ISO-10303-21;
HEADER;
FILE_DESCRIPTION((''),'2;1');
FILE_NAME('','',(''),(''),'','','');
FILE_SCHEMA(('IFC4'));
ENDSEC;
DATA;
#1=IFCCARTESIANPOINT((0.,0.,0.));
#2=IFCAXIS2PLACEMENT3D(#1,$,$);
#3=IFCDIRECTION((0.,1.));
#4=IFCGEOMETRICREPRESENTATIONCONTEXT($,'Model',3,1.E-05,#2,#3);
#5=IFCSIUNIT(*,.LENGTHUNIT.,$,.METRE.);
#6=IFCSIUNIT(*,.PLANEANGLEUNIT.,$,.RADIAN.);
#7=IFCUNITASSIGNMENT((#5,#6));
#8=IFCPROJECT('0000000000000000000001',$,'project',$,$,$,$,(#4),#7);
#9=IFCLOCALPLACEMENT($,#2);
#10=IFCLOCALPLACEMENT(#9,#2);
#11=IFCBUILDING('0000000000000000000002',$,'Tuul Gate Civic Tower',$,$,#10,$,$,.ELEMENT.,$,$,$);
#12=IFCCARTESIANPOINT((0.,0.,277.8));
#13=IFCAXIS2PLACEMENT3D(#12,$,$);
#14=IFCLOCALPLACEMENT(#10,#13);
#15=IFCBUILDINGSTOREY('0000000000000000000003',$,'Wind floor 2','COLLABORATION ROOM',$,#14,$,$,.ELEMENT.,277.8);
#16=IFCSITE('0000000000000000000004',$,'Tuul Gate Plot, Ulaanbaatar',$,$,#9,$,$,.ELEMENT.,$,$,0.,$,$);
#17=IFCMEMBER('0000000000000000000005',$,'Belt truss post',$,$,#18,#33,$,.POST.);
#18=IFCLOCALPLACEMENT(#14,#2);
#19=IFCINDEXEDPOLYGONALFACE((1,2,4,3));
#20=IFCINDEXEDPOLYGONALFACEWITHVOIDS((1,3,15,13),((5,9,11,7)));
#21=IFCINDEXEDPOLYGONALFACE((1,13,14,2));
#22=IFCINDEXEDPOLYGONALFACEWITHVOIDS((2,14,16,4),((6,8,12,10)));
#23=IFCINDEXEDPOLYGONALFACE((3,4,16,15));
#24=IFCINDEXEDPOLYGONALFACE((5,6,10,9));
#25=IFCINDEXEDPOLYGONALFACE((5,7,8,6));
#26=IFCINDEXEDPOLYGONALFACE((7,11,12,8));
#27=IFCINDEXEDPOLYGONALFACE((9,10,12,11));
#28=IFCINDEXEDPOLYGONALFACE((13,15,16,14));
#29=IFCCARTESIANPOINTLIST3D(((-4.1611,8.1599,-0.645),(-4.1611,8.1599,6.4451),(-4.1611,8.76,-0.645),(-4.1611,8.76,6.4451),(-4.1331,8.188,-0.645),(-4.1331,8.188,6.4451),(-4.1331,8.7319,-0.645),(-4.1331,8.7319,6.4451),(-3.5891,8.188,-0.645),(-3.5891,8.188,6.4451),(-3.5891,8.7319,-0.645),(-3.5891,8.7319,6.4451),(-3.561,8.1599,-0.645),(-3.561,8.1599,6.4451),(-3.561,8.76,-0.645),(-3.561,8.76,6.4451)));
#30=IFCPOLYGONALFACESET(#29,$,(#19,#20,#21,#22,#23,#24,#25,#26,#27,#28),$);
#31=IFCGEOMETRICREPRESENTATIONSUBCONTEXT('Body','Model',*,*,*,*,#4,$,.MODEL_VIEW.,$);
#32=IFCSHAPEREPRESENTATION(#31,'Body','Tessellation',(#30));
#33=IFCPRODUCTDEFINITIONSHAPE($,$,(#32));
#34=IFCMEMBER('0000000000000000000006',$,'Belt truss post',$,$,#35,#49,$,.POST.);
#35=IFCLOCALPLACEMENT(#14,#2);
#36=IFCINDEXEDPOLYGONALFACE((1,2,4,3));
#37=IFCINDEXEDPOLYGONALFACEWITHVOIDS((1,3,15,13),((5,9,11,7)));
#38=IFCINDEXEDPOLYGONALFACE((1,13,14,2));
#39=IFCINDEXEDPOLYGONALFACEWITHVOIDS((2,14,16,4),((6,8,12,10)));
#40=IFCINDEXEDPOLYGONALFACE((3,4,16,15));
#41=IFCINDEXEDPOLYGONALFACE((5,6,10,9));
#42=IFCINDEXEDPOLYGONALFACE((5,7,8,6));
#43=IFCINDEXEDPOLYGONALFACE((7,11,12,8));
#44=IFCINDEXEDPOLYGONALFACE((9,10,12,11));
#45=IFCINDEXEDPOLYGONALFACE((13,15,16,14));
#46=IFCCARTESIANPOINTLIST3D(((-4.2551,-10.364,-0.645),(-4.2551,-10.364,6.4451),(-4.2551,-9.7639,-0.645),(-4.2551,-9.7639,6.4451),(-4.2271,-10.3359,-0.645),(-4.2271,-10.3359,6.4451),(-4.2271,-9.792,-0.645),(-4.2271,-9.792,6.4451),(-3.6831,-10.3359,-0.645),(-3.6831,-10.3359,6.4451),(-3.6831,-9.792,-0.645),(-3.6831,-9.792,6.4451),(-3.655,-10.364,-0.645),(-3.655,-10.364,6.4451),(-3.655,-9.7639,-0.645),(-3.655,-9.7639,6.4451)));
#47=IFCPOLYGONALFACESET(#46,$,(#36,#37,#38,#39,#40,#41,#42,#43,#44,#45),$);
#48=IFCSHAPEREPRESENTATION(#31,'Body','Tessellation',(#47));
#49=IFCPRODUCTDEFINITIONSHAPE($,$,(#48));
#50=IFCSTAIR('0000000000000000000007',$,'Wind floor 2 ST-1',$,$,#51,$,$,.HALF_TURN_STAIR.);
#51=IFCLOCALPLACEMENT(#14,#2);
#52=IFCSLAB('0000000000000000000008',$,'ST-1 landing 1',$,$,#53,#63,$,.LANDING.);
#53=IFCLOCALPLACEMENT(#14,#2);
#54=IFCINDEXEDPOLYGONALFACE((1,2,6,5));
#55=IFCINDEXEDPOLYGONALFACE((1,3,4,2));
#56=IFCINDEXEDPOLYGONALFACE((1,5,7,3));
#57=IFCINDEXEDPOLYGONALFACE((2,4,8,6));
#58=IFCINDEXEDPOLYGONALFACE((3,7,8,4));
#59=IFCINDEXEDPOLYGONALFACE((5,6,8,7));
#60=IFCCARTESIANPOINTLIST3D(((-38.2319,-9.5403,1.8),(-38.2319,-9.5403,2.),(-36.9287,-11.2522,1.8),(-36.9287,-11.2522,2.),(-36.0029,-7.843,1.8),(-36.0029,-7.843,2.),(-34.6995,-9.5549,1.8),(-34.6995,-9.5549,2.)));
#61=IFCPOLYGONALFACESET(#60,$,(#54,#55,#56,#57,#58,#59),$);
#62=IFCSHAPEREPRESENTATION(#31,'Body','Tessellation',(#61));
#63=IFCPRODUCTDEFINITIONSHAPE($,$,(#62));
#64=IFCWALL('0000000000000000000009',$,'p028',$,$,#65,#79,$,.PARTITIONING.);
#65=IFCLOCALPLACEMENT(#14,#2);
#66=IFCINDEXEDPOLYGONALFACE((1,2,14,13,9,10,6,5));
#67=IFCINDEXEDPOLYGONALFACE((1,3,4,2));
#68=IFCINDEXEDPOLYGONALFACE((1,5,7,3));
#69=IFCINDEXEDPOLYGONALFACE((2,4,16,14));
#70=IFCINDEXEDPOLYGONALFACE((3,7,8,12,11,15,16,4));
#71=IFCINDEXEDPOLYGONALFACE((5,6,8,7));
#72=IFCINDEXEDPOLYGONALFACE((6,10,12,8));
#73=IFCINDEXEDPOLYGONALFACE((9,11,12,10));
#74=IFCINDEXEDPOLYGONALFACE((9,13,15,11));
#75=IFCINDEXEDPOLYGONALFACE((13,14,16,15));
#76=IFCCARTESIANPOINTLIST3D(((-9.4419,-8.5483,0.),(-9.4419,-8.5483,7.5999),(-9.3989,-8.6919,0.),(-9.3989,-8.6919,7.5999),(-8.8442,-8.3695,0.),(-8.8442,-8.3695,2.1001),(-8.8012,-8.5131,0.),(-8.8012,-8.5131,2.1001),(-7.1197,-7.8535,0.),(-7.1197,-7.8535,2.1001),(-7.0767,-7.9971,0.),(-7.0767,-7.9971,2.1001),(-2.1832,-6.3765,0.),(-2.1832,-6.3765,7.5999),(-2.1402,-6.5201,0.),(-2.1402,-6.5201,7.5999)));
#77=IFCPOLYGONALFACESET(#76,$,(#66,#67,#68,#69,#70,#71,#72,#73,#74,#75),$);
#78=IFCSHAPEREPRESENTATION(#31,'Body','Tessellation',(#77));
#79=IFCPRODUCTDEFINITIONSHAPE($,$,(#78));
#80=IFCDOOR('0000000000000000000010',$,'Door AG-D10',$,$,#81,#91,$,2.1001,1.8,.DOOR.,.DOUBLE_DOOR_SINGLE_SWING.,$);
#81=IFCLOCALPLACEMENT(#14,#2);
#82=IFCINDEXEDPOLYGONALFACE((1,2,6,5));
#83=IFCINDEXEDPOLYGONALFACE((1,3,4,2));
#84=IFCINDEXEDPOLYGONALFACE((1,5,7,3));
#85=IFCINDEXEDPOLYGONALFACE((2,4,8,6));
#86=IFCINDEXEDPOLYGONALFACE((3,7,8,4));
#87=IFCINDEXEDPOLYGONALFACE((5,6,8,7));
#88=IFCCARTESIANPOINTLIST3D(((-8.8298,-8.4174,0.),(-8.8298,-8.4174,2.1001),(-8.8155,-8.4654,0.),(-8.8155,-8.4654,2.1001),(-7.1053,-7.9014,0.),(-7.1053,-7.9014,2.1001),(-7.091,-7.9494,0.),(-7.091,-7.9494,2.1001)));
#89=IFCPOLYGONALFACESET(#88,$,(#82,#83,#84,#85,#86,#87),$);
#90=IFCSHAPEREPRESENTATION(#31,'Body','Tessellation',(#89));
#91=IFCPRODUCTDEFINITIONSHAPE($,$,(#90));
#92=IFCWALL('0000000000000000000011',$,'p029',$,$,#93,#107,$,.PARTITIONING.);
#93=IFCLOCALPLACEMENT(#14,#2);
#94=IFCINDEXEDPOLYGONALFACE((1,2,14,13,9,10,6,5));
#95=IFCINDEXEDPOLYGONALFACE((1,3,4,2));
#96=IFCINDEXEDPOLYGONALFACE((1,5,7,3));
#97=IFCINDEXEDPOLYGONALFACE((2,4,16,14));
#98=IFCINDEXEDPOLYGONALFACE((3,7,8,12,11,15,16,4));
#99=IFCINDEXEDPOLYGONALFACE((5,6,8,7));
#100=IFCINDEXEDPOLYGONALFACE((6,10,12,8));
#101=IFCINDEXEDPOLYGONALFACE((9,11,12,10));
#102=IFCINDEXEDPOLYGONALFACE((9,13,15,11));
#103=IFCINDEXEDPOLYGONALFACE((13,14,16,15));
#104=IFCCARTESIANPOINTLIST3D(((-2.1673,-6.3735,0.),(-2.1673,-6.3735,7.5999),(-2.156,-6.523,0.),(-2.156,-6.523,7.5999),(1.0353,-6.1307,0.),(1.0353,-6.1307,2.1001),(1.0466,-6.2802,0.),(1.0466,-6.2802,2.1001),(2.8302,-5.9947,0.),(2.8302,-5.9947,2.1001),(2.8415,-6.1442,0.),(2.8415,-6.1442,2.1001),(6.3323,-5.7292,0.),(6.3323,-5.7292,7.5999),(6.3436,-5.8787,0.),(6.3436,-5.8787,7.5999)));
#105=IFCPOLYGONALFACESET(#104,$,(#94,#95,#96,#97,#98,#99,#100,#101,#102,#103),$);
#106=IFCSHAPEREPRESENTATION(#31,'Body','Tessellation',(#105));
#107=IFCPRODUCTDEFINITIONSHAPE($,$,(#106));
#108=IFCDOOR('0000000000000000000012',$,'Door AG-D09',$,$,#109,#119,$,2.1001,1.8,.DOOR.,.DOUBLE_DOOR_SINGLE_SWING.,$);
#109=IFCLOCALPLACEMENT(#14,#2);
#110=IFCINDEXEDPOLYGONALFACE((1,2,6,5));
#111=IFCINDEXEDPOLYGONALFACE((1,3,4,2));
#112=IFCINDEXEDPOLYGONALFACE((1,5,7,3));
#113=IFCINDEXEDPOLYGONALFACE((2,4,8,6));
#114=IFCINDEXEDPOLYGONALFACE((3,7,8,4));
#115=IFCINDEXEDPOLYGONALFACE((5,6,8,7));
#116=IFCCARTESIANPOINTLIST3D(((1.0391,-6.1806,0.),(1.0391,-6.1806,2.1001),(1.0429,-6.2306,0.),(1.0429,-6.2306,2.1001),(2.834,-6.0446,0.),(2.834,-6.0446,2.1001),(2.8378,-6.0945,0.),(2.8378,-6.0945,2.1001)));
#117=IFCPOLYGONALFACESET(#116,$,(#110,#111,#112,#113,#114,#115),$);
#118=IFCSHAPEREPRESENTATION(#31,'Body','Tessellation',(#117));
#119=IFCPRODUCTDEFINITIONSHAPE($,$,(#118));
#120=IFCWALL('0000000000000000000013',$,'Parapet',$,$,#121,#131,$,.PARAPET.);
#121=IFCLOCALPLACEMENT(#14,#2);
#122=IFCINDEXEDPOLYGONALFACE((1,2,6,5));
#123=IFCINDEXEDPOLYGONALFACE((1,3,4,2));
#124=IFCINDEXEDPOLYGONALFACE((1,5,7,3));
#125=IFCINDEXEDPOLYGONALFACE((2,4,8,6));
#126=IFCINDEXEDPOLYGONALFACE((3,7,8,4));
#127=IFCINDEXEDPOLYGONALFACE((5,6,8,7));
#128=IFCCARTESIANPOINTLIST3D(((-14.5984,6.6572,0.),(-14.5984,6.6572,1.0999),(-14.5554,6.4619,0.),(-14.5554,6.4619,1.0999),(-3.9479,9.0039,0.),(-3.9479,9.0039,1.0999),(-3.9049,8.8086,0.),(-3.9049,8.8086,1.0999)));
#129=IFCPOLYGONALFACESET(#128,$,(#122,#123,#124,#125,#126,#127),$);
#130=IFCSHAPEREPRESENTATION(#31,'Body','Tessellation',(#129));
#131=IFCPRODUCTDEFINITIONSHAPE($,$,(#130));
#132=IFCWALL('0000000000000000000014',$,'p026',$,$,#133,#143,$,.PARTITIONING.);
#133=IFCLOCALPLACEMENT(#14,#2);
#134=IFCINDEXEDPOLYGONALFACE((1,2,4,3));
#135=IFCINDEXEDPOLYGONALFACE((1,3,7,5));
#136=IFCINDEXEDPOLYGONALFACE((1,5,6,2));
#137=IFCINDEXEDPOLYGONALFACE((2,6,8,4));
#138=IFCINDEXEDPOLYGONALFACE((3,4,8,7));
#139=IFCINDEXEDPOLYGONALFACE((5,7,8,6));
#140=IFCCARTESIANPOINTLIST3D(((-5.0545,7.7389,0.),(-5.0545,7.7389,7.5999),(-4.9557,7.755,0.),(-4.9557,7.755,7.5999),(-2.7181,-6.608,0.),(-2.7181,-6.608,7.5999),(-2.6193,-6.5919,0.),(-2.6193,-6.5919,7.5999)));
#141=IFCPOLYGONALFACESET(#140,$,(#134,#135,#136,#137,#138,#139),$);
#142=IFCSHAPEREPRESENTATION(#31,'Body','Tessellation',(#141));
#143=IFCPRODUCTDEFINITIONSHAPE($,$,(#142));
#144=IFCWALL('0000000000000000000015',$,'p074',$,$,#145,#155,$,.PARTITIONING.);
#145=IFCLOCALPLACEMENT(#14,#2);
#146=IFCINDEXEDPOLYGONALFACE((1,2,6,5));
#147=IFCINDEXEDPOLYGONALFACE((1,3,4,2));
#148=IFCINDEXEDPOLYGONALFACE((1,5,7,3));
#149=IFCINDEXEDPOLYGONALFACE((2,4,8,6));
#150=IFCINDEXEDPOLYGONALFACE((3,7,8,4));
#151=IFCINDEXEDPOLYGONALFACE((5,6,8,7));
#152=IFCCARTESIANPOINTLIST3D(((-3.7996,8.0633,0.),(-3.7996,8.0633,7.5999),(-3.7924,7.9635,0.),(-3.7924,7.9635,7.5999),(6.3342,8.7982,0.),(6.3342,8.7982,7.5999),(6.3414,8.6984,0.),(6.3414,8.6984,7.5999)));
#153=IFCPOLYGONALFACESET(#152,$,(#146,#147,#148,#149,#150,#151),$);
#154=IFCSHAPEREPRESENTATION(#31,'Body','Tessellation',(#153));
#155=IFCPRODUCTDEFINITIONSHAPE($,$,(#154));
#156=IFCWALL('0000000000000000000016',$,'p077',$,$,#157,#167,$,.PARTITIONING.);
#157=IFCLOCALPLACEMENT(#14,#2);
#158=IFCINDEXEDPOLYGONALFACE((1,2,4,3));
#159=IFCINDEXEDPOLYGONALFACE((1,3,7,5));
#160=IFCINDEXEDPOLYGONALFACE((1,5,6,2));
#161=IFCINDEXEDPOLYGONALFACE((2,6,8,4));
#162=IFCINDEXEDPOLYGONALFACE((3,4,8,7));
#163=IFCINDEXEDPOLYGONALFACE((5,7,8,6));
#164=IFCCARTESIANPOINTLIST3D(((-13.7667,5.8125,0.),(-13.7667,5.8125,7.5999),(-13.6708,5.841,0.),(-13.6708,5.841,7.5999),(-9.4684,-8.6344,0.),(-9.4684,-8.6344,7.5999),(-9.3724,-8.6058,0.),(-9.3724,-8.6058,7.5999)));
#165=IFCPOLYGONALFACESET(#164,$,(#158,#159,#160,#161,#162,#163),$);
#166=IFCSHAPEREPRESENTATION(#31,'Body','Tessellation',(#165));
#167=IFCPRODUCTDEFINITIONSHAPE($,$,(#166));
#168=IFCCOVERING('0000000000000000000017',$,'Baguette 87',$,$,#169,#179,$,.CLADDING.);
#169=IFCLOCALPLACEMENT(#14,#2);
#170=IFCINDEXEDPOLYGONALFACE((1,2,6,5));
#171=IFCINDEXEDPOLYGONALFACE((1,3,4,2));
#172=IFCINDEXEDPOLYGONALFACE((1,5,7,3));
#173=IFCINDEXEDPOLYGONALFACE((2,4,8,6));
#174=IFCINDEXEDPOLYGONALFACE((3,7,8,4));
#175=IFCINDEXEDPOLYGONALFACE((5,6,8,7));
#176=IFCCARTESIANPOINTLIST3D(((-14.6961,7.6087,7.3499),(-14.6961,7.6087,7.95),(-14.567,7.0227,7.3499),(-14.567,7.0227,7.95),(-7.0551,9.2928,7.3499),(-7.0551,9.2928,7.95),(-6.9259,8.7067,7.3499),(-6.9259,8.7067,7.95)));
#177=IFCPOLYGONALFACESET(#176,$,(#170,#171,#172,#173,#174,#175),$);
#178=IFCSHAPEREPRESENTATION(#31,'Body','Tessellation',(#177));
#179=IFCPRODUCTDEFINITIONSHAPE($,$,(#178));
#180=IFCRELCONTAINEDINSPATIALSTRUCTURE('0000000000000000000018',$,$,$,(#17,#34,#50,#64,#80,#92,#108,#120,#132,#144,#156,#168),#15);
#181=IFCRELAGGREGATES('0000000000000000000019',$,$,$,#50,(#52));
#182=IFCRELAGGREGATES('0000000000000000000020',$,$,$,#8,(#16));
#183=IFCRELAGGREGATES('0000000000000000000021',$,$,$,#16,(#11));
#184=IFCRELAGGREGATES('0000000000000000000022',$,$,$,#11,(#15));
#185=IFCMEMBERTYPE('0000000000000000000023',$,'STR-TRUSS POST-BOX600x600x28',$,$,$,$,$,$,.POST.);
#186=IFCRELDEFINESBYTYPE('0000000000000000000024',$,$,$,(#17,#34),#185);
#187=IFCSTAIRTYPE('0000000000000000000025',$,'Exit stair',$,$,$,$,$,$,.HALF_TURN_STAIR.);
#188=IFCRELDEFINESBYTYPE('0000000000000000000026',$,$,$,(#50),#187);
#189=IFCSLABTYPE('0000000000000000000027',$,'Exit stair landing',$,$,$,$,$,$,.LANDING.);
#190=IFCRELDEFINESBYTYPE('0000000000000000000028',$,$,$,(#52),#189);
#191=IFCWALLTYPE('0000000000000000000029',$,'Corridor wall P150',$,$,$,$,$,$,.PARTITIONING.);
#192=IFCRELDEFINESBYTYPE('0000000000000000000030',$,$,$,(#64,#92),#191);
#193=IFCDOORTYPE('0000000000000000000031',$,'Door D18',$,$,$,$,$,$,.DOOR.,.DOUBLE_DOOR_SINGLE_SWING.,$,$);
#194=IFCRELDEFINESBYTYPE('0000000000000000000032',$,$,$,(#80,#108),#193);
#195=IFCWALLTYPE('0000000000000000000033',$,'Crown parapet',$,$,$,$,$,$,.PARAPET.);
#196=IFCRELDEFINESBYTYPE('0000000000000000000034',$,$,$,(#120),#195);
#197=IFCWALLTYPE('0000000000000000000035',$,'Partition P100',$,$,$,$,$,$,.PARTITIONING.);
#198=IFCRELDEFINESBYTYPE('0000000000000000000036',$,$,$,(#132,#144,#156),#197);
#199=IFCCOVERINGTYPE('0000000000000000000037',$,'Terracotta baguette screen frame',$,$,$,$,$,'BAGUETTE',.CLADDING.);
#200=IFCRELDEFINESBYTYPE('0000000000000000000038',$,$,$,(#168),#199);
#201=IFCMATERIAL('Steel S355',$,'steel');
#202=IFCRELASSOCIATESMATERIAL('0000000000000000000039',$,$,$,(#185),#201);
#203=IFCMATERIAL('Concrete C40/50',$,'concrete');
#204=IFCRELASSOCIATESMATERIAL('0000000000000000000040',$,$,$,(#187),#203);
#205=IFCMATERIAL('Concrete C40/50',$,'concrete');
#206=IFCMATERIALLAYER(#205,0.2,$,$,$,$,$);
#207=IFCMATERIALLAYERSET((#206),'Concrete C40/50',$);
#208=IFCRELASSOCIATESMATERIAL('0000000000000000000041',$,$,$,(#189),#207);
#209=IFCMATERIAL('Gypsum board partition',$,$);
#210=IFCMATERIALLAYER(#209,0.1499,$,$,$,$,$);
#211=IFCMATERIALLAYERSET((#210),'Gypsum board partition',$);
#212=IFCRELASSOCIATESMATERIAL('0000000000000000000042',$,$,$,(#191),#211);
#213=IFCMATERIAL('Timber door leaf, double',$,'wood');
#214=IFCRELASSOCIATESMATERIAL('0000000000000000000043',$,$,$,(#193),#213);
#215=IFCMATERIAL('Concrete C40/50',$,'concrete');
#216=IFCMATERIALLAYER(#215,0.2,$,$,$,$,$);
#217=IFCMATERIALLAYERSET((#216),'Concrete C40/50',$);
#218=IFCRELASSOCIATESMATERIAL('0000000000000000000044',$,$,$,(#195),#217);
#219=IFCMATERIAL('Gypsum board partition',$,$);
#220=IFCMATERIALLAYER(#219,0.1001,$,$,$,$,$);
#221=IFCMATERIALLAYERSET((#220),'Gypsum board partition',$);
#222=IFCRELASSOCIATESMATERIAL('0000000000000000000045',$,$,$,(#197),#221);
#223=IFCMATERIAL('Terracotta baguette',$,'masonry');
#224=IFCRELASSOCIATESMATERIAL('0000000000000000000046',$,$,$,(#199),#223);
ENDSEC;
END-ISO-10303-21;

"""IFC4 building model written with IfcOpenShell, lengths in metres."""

from ifc_helpers import new_model, si_unit, direction, frame, frame_2d, origin, origin_2d, place, context, subcontext, project, spatial, polyline, rectangle, hollow_rectangle, outline, extrude, material, layer, layer_set, material_profile, profile_set, type_object, element, fill, aggregate, save


model = new_model("IFC4")

# Units and contexts
model_context = context("Model", 3, precision=1e-05, world=origin(), true_north=direction((0.0, 1.0)))
body_context = subcontext(model_context, "Body", "Model", "MODEL_VIEW")
ifc_project = project(units=[si_unit("LENGTHUNIT", "METRE"), si_unit("PLANEANGLEUNIT", "RADIAN")], contexts=[model_context])

# Site, building, storey
site_placement = place(None, origin())
site = spatial("IfcSite", under=ifc_project, at=site_placement, Name="Tuul Gate Plot, Ulaanbaatar", CompositionType="ELEMENT", RefElevation=0.0)
building_placement = place(site_placement, origin())
building = spatial("IfcBuilding", under=site, at=building_placement, Name="Tuul Gate Civic Tower", CompositionType="ELEMENT")
storey_placement = place(building_placement, frame((0.0, 0.0, 277.8)))
storey = spatial("IfcBuildingStorey", under=building, at=storey_placement, Name="Wind floor 2", Description="COLLABORATION ROOM", CompositionType="ELEMENT", Elevation=277.8)

# Members
ifc_material_1 = material(Name="Steel S355", Category="steel")
ifc_material_profile_1 = material_profile(ifc_material_1, hollow_rectangle(XDim=0.6001, YDim=0.6001, WallThickness=0.0281, at=origin_2d()), Name="BOX600x600x28")
ifc_profile_set_1 = profile_set([ifc_material_profile_1], Name="Steel S355")
member_type_1 = type_object("IfcMemberType", Name="STR-TRUSS POST-BOX600x600x28", PredefinedType="POST", material=ifc_profile_set_1)
for number, where, z_axis, x_axis, name in (
    (1, (-3.8611, 8.46, -0.645), (0.0, 0.0, 1.0), (1.0, 0.0, 0.0), "Belt truss post"),
    (2, (-3.9551, -10.064, -0.645), (0.0, 0.0, 1.0), (1.0, 0.0, 0.0), "Belt truss post"),
):
    element("IfcMember", number, at=place(storey_placement, frame(where, z_axis=z_axis, x_axis=x_axis)), inside=storey, type_object=member_type_1, Name=name, PredefinedType="POST", context=body_context, shape_type="SweptSolid", body=[
        extrude(hollow_rectangle(XDim=0.6001, YDim=0.6001, WallThickness=0.0281, at=origin_2d()), origin(), (0.0, 0.0, 1.0), 7.0901),
    ])

# Stair, slab
ifc_material_2 = material(Name="Concrete C40/50", Category="concrete")
stair_type = type_object("IfcStairType", Name="Exit stair", PredefinedType="HALF_TURN_STAIR", material=ifc_material_2)
stair_placement = place(storey_placement, origin())
stair = element("IfcStair", 3, at=stair_placement, inside=storey, type_object=stair_type, Name="Wind floor 2 ST-1", PredefinedType="HALF_TURN_STAIR")
ifc_material_3 = material(Name="Concrete C40/50", Category="concrete")
ifc_layer_1 = layer(ifc_material_3, 0.2)
ifc_layer_set_1 = layer_set([ifc_layer_1], Name="Concrete C40/50")
slab_type = type_object("IfcSlabType", Name="Exit stair landing", PredefinedType="LANDING", material=ifc_layer_set_1)
slab_placement = place(storey_placement, frame((0.0, 0.0, 1.8)))
slab = element("IfcSlab", 4, at=slab_placement, type_object=slab_type, Name="ST-1 landing 1", PredefinedType="LANDING", context=body_context, shape_type="SweptSolid", body=[
    extrude(outline(polyline([(-34.6995, -9.5549), (-36.9287, -11.2522), (-38.2319, -9.5403), (-36.0029, -7.843), (-34.6995, -9.5549)])), origin(), (0.0, 0.0, 1.0), 0.2),
])
aggregate(stair, [slab])

# Walls, openings, doors
ifc_material_4 = material(Name="Gypsum board partition")
ifc_layer_2 = layer(ifc_material_4, 0.1499)
ifc_layer_set_2 = layer_set([ifc_layer_2], Name="Gypsum board partition")
wall_type_1 = type_object("IfcWallType", Name="Corridor wall P150", PredefinedType="PARTITIONING", material=ifc_layer_set_2)
wall_1_placement = place(storey_placement, frame((-9.4204, -8.6201, 0.0), z_axis=(0.0, 0.0, 1.0), x_axis=(0.958035, 0.28665, 0.0)))
wall_1 = element("IfcWall", 5, at=wall_1_placement, inside=storey, type_object=wall_type_1, Name="p028", PredefinedType="PARTITIONING", context=body_context, shape_type="SweptSolid", body=[
    extrude(rectangle(XDim=7.5767, YDim=0.1499, at=frame_2d((3.7883, 0.0))), origin(), (0.0, 0.0, 1.0), 7.5999),
])
opening_1_placement = place(wall_1_placement, frame((0.624, 0.0, 0.0)))
opening_1 = element("IfcOpeningElement", 6, at=opening_1_placement, cuts=wall_1, PredefinedType="OPENING", context=body_context, shape_type="SweptSolid", body=[
    extrude(rectangle(XDim=1.8, YDim=2.1001, at=frame_2d((0.8999, 1.05))), frame((0.0, 0.085, 0.0), z_axis=(0.0, -1.0, 0.0), x_axis=(1.0, 0.0, 0.0)), (0.0, 0.0, 1.0), 0.1699),
])
ifc_material_5 = material(Name="Timber door leaf, double", Category="wood")
door_type = type_object("IfcDoorType", Name="Door D18", OperationType="DOUBLE_DOOR_SINGLE_SWING", PredefinedType="DOOR", material=ifc_material_5)
door_1_placement = place(opening_1_placement, origin())
door_1 = element("IfcDoor", 7, at=door_1_placement, inside=storey, type_object=door_type, Name="Door AG-D10", OperationType="DOUBLE_DOOR_SINGLE_SWING", OverallHeight=2.1001, OverallWidth=1.8, PredefinedType="DOOR", context=body_context, shape_type="SweptSolid", body=[
    extrude(rectangle(XDim=1.8, YDim=2.1001, at=frame_2d((0.8999, 1.05))), frame((0.0, 0.0249, 0.0), z_axis=(0.0, -1.0, 0.0), x_axis=(1.0, 0.0, 0.0)), (0.0, 0.0, 1.0), 0.05),
])
fill(opening_1, door_1)
wall_2_placement = place(storey_placement, frame((-2.1616, -6.4482, 0.0), z_axis=(0.0, 0.0, 1.0), x_axis=(0.997139, 0.075586, 0.0)))
wall_2 = element("IfcWall", 8, at=wall_2_placement, inside=storey, type_object=wall_type_1, Name="p029", PredefinedType="PARTITIONING", context=body_context, shape_type="SweptSolid", body=[
    extrude(rectangle(XDim=8.5239, YDim=0.1499, at=frame_2d((4.262, 0.0))), origin(), (0.0, 0.0, 1.0), 7.5999),
])
opening_2_placement = place(wall_2_placement, frame((3.2119, 0.0, 0.0)))
opening_2 = element("IfcOpeningElement", 9, at=opening_2_placement, cuts=wall_2, PredefinedType="OPENING", context=body_context, shape_type="SweptSolid", body=[
    extrude(rectangle(XDim=1.8, YDim=2.1001, at=frame_2d((0.8999, 1.05))), frame((0.0, 0.085, 0.0), z_axis=(0.0, -1.0, 0.0), x_axis=(1.0, 0.0, 0.0)), (0.0, 0.0, 1.0), 0.1699),
])
door_2_placement = place(opening_2_placement, origin())
door_2 = element("IfcDoor", 10, at=door_2_placement, inside=storey, type_object=door_type, Name="Door AG-D09", OperationType="DOUBLE_DOOR_SINGLE_SWING", OverallHeight=2.1001, OverallWidth=1.8, PredefinedType="DOOR", context=body_context, shape_type="SweptSolid", body=[
    extrude(rectangle(XDim=1.8, YDim=2.1001, at=frame_2d((0.8999, 1.05))), frame((0.0, 0.0249, 0.0), z_axis=(0.0, -1.0, 0.0), x_axis=(1.0, 0.0, 0.0)), (0.0, 0.0, 1.0), 0.05),
])
fill(opening_2, door_2)

# Walls
ifc_material_6 = material(Name="Concrete C40/50", Category="concrete")
ifc_layer_3 = layer(ifc_material_6, 0.2)
ifc_layer_set_3 = layer_set([ifc_layer_3], Name="Concrete C40/50")
wall_type_2 = type_object("IfcWallType", Name="Crown parapet", PredefinedType="PARAPET", material=ifc_layer_set_3)
wall_3_placement = place(storey_placement, frame((-3.9263, 8.9062, 0.0), z_axis=(0.0, 0.0, 1.0), x_axis=(-0.976576, -0.215171, 0.0)))
element("IfcWall", 11, at=wall_3_placement, inside=storey, type_object=wall_type_2, Name="Parapet", PredefinedType="PARAPET", context=body_context, shape_type="SweptSolid", body=[
    extrude(rectangle(XDim=10.906, YDim=0.2, at=frame_2d((5.4531, 0.0))), origin(), (0.0, 0.0, 1.0), 1.0999),
])
ifc_material_7 = material(Name="Gypsum board partition")
ifc_layer_4 = layer(ifc_material_7, 0.1001)
ifc_layer_set_4 = layer_set([ifc_layer_4], Name="Gypsum board partition")
wall_type_3 = type_object("IfcWallType", Name="Partition P100", PredefinedType="PARTITIONING", material=ifc_layer_set_4)
wall_4_placement = place(storey_placement, frame((-5.0051, 7.7471, 0.0), z_axis=(0.0, 0.0, 1.0), x_axis=(0.160735, -0.986998, 0.0)))
element("IfcWall", 12, at=wall_4_placement, inside=storey, type_object=wall_type_3, Name="p026", PredefinedType="PARTITIONING", context=body_context, shape_type="SweptSolid", body=[
    extrude(rectangle(XDim=14.5359, YDim=0.1001, at=frame_2d((7.2681, 0.0))), origin(), (0.0, 0.0, 1.0), 7.5999),
])
wall_5_placement = place(storey_placement, frame((-3.7959, 8.0134, 0.0), z_axis=(0.0, 0.0, 1.0), x_axis=(0.997381, 0.072326, 0.0)))
element("IfcWall", 13, at=wall_5_placement, inside=storey, type_object=wall_type_3, Name="p074", PredefinedType="PARTITIONING", context=body_context, shape_type="SweptSolid", body=[
    extrude(rectangle(XDim=10.1604, YDim=0.1001, at=frame_2d((5.0801, 0.0))), origin(), (0.0, 0.0, 1.0), 7.5999),
])
wall_6_placement = place(storey_placement, frame((-9.4204, -8.6201, 0.0), z_axis=(0.0, 0.0, 1.0), x_axis=(-0.285175, 0.958476, 0.0)))
element("IfcWall", 14, at=wall_6_placement, inside=storey, type_object=wall_type_3, Name="p077", PredefinedType="PARTITIONING", context=body_context, shape_type="SweptSolid", body=[
    extrude(rectangle(XDim=15.0728, YDim=0.1001, at=frame_2d((7.5364, 0.0))), origin(), (0.0, 0.0, 1.0), 7.5999),
])

# Covering
ifc_material_8 = material(Name="Terracotta baguette", Category="masonry")
ifc_material_profile_2 = material_profile(ifc_material_8, rectangle(XDim=0.6001, YDim=0.6001, at=origin_2d()), Name="Terracotta baguette screen frame")
ifc_profile_set_2 = profile_set([ifc_material_profile_2], Name="Terracotta baguette")
covering_type = type_object("IfcCoveringType", Name="Terracotta baguette screen frame", ElementType="BAGUETTE", PredefinedType="CLADDING", material=ifc_profile_set_2)
covering_1_placement = place(storey_placement, frame((-6.9905, 8.9998, 7.6499), z_axis=(-0.976563, -0.215232, 0.0), x_axis=(0.215232, -0.976563, 0.0)))
element("IfcCovering", 15, at=covering_1_placement, inside=storey, type_object=covering_type, Name="Baguette 87", PredefinedType="CLADDING", context=body_context, shape_type="SweptSolid", body=[
    extrude(rectangle(XDim=0.6001, YDim=0.6001, at=origin_2d()), origin(), (0.0, 0.0, 1.0), 7.8245),
])

save(model, "model.ifc")
